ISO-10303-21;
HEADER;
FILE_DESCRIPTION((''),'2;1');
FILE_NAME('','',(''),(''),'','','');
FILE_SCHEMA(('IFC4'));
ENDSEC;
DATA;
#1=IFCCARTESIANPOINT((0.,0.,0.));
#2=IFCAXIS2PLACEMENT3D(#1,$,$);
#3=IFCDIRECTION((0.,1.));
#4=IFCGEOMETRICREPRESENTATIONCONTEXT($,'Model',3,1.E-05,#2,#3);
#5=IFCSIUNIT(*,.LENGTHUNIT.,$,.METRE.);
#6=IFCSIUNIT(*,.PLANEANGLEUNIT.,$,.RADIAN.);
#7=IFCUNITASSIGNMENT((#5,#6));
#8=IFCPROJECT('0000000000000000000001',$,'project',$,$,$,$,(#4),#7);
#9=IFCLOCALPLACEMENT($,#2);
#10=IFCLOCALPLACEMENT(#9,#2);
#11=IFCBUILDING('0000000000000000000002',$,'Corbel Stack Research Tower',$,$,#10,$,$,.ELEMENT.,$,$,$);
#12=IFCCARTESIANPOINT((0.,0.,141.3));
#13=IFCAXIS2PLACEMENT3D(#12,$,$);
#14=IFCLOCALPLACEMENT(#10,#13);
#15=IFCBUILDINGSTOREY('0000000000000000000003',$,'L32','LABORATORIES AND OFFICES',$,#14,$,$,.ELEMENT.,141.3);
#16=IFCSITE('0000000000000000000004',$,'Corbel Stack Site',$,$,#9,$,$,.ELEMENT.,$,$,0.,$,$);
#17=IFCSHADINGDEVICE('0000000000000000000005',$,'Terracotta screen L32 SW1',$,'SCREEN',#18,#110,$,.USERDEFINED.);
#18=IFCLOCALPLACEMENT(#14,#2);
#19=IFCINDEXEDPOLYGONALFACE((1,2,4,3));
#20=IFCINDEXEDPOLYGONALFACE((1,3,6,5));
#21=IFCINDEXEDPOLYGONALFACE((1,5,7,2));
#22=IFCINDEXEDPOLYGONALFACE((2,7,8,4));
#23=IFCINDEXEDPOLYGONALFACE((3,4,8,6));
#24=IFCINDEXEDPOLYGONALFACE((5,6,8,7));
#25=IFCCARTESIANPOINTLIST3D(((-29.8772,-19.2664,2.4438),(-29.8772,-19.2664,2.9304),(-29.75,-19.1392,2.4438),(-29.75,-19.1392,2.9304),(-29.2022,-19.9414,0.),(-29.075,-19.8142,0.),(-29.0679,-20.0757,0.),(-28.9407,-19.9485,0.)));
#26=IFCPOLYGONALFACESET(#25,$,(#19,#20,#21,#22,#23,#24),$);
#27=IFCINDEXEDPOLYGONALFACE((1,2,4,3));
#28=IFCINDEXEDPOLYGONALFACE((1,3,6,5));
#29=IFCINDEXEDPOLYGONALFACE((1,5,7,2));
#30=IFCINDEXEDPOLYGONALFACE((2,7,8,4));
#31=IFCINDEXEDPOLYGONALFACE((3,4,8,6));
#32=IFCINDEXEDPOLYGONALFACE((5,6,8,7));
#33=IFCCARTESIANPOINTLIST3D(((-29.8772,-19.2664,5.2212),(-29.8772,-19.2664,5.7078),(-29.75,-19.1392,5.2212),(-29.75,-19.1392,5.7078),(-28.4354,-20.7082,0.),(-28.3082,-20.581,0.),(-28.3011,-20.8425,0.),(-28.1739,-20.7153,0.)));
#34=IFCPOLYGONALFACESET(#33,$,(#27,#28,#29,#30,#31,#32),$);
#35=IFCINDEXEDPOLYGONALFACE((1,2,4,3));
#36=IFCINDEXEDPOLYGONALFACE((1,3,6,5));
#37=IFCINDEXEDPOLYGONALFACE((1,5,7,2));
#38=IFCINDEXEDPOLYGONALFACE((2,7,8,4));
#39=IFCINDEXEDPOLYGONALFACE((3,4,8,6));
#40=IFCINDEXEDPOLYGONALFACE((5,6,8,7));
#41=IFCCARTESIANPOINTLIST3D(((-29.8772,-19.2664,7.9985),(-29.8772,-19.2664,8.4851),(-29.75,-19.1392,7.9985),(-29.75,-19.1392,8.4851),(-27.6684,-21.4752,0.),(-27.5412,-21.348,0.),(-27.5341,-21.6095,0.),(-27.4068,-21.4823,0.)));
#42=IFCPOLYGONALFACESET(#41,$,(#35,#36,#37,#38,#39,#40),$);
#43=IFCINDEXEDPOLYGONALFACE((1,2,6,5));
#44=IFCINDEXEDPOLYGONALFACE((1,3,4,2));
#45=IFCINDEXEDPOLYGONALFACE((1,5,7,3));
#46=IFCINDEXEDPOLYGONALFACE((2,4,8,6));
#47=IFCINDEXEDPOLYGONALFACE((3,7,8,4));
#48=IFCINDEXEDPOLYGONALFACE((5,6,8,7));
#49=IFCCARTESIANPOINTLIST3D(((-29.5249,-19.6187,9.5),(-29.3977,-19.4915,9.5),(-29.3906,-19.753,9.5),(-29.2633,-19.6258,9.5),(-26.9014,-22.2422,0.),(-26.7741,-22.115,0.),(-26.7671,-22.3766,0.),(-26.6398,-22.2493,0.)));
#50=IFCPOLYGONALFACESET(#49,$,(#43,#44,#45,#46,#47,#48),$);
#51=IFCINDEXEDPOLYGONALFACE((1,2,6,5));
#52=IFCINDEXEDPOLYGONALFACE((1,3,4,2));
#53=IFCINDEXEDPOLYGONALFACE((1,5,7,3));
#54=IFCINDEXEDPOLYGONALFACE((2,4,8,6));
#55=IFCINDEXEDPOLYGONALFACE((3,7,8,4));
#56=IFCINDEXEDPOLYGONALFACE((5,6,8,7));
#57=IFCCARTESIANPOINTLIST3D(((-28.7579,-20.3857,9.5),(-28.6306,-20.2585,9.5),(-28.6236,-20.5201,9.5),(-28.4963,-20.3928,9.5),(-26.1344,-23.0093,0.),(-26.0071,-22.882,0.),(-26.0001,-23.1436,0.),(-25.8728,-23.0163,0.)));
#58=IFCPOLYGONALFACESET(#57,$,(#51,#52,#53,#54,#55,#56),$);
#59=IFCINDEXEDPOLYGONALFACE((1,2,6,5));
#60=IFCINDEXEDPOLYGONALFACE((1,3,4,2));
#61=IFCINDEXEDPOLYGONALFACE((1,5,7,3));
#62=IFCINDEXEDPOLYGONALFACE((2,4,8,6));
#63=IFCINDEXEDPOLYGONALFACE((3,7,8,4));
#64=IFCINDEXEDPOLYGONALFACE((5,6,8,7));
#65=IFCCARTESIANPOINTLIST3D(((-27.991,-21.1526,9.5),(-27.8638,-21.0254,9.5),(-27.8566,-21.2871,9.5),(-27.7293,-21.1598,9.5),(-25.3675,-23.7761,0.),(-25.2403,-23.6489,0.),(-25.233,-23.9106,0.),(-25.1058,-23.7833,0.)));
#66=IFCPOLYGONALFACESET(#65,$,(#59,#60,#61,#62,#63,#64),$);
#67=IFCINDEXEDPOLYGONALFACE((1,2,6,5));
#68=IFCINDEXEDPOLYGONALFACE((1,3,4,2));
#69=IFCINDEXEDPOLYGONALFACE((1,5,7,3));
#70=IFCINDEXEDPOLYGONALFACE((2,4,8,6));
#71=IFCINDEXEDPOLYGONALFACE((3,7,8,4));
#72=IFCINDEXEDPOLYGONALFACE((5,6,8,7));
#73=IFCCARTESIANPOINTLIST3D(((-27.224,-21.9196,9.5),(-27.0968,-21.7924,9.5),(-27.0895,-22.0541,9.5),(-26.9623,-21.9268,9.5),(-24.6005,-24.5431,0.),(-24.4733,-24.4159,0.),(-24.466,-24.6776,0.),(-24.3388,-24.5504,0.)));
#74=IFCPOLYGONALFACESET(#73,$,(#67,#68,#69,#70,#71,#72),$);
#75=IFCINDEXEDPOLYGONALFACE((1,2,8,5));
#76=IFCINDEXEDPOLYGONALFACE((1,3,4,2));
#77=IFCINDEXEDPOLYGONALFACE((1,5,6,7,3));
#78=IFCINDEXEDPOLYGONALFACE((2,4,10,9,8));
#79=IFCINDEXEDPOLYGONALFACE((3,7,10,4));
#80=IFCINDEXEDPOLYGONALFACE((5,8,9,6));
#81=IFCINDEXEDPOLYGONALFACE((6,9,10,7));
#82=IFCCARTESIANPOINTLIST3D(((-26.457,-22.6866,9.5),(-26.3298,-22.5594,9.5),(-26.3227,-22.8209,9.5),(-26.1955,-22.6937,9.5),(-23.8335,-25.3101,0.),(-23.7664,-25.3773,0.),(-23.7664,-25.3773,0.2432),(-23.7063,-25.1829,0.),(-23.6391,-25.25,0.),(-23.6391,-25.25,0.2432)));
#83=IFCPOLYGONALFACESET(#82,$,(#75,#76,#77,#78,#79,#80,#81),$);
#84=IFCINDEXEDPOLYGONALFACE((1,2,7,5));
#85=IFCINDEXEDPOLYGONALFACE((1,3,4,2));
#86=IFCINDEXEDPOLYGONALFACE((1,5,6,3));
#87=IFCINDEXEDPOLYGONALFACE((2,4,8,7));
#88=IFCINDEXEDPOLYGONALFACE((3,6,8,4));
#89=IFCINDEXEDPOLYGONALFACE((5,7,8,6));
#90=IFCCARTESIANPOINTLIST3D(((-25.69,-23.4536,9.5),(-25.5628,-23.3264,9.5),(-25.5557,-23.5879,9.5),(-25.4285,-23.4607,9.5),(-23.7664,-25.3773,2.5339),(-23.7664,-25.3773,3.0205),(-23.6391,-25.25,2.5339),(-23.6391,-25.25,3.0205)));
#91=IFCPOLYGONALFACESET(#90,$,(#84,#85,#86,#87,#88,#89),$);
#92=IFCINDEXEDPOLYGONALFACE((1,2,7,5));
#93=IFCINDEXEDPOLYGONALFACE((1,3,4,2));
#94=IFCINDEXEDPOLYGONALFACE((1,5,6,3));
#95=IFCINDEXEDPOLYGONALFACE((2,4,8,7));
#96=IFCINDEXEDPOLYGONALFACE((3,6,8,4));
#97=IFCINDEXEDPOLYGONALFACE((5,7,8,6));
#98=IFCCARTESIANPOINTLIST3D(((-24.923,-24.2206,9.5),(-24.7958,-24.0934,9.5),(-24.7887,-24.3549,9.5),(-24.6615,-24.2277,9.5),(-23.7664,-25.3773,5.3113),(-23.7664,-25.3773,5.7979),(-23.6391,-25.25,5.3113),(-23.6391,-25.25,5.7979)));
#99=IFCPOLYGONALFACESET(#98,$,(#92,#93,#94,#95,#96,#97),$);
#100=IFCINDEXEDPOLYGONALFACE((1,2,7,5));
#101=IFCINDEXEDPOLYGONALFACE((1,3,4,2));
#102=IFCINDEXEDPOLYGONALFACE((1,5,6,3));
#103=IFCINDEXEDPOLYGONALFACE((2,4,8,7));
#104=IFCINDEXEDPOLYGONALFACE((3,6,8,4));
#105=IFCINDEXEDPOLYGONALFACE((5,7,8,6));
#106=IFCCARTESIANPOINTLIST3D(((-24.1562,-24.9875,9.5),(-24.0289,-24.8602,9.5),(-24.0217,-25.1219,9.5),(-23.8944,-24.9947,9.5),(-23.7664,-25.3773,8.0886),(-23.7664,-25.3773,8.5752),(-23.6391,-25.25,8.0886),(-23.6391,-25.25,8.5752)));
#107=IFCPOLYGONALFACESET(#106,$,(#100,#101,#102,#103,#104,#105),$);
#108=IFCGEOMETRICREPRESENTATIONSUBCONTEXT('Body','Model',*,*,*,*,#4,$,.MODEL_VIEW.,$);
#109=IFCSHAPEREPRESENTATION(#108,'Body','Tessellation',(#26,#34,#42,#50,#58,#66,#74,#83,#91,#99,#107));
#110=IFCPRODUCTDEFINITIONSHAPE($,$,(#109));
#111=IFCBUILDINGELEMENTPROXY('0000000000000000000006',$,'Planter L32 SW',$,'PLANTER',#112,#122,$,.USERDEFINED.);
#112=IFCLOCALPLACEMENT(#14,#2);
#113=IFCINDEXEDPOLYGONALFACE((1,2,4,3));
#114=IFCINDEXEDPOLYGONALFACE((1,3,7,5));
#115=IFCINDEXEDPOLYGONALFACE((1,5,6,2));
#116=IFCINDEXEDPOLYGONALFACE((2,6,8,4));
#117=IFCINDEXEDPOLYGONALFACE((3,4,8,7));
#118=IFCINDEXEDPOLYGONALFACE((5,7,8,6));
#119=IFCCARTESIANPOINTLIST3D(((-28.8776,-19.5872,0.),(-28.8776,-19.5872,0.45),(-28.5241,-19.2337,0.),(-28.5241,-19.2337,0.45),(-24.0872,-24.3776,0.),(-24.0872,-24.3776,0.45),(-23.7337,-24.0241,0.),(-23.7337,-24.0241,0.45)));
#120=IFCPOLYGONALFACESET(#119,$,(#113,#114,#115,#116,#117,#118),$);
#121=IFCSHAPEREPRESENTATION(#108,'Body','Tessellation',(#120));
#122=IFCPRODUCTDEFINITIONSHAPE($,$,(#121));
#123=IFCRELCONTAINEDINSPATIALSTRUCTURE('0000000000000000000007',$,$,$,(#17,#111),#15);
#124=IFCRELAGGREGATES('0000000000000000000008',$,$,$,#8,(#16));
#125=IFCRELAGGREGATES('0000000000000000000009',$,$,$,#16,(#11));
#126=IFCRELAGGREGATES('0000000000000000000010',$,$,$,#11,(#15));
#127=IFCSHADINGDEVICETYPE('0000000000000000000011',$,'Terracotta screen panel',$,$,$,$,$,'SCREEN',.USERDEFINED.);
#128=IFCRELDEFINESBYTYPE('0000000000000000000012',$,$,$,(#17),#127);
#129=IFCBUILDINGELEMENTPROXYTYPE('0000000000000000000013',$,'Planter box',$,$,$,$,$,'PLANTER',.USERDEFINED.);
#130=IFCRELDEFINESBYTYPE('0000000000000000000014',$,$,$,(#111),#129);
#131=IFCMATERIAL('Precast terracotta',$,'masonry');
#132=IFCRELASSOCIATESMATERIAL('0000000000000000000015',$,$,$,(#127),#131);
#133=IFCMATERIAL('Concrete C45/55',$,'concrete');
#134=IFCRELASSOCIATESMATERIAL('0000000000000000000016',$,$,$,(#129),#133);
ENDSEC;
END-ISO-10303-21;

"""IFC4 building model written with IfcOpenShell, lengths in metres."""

from ifc_helpers import new_model, si_unit, direction, frame, origin, origin_2d, place, context, subcontext, project, spatial, polyline, rectangle, outline, extrude, source, transform, mapped, material, type_object, element, save


model = new_model("IFC4")

# Units and contexts
model_context = context("Model", 3, precision=1e-05, world=origin(), true_north=direction((0.0, 1.0)))
body_context = subcontext(model_context, "Body", "Model", "MODEL_VIEW")
ifc_project = project(units=[si_unit("LENGTHUNIT", "METRE"), si_unit("PLANEANGLEUNIT", "RADIAN")], contexts=[model_context])

# Site, building, storey
site_placement = place(None, origin())
site = spatial("IfcSite", under=ifc_project, at=site_placement, Name="Corbel Stack Site", CompositionType="ELEMENT", RefElevation=0.0)
building_placement = place(site_placement, origin())
building = spatial("IfcBuilding", under=site, at=building_placement, Name="Corbel Stack Research Tower", CompositionType="ELEMENT")
storey_placement = place(building_placement, frame((0.0, 0.0, 141.3)))
storey = spatial("IfcBuildingStorey", under=building, at=storey_placement, Name="L32", Description="LABORATORIES AND OFFICES", CompositionType="ELEMENT", Elevation=141.3)

# Shading device
ifc_material_1 = material(Name="Precast terracotta", Category="masonry")
shading_device_type = type_object("IfcShadingDeviceType", Name="Terracotta screen panel", ElementType="SCREEN", PredefinedType="USERDEFINED", material=ifc_material_1)
shared_shape_1 = source(origin(), body_context, "Body", "SweptSolid", [
    extrude(outline(polyline([(1.1445, 0.0), (0.0, 2.9304), (0.0, 2.4438), (0.9546, 0.0), (1.1445, 0.0)])), frame((0.0, 0.0, 0.0), z_axis=(0.0, -1.0, 0.0), x_axis=(1.0, 0.0, 0.0)), (0.0, 0.0, 1.0), 0.1799),
    extrude(outline(polyline([(2.229, 0.0), (0.0, 5.7078), (0.0, 5.2212), (2.0391, 0.0), (2.229, 0.0)])), frame((0.0, 0.0, 0.0), z_axis=(0.0, -1.0, 0.0), x_axis=(1.0, 0.0, 0.0)), (0.0, 0.0, 1.0), 0.1799),
    extrude(outline(polyline([(3.3137, 0.0), (0.0, 8.4851), (0.0, 7.9985), (3.1238, 0.0), (3.3137, 0.0)])), frame((0.0, 0.0, 0.0), z_axis=(0.0, -1.0, 0.0), x_axis=(1.0, 0.0, 0.0)), (0.0, 0.0, 1.0), 0.1799),
    extrude(outline(polyline([(4.3984, 0.0), (0.6882, 9.5), (0.4983, 9.5), (4.2085, 0.0), (4.3984, 0.0)])), frame((0.0, 0.0, 0.0), z_axis=(0.0, -1.0, 0.0), x_axis=(1.0, 0.0, 0.0)), (0.0, 0.0, 1.0), 0.1799),
    extrude(outline(polyline([(5.4832, 0.0), (1.7729, 9.5), (1.583, 9.5), (5.2932, 0.0), (5.4832, 0.0)])), frame((0.0, 0.0, 0.0), z_axis=(0.0, -1.0, 0.0), x_axis=(1.0, 0.0, 0.0)), (0.0, 0.0, 1.0), 0.1799),
    extrude(outline(polyline([(6.5679, 0.0), (2.8577, 9.5), (2.6675, 9.5), (6.3777, 0.0), (6.5679, 0.0)])), frame((0.0, 0.0, 0.0), z_axis=(0.0, -1.0, 0.0), x_axis=(1.0, 0.0, 0.0)), (0.0, 0.0, 1.0), 0.1799),
    extrude(outline(polyline([(7.6526, 0.0), (3.9424, 9.5), (3.7522, 9.5), (7.4624, 0.0), (7.6526, 0.0)])), frame((0.0, 0.0, 0.0), z_axis=(0.0, -1.0, 0.0), x_axis=(1.0, 0.0, 0.0)), (0.0, 0.0, 1.0), 0.1799),
    extrude(outline(polyline([(8.6421, 0.0), (8.6421, 0.2432), (5.0269, 9.5), (4.8369, 9.5), (8.5471, 0.0), (8.6421, 0.0)])), frame((0.0, 0.0, 0.0), z_axis=(0.0, -1.0, 0.0), x_axis=(1.0, 0.0, 0.0)), (0.0, 0.0, 1.0), 0.1799),
    extrude(outline(polyline([(6.1116, 9.5), (5.9216, 9.5), (8.6421, 2.5339), (8.6421, 3.0205), (6.1116, 9.5)])), frame((0.0, 0.0, 0.0), z_axis=(0.0, -1.0, 0.0), x_axis=(1.0, 0.0, 0.0)), (0.0, 0.0, 1.0), 0.1799),
    extrude(outline(polyline([(7.1963, 9.5), (7.0063, 9.5), (8.6421, 5.3113), (8.6421, 5.7979), (7.1963, 9.5)])), frame((0.0, 0.0, 0.0), z_axis=(0.0, -1.0, 0.0), x_axis=(1.0, 0.0, 0.0)), (0.0, 0.0, 1.0), 0.1799),
    extrude(outline(polyline([(8.281, 9.5), (8.0908, 9.5), (8.6421, 8.0886), (8.6421, 8.5752), (8.281, 9.5)])), frame((0.0, 0.0, 0.0), z_axis=(0.0, -1.0, 0.0), x_axis=(1.0, 0.0, 0.0)), (0.0, 0.0, 1.0), 0.1799),
])
shading_device_1_placement = place(storey_placement, frame((-29.75, -19.1392, 0.0), z_axis=(0.0, 0.0, 1.0), x_axis=(0.707107, -0.707107, 0.0)))
element("IfcShadingDevice", 1, at=shading_device_1_placement, inside=storey, type_object=shading_device_type, Name="Terracotta screen L32 SW1", ObjectType="SCREEN", PredefinedType="USERDEFINED", context=body_context, shape_type="MappedRepresentation", body=[
    mapped(shared_shape_1, transform((0.0, 0.0, 0.0))),
])

# Building element proxy
ifc_material_2 = material(Name="Concrete C45/55", Category="concrete")
building_element_proxy_type = type_object("IfcBuildingElementProxyType", Name="Planter box", ElementType="PLANTER", PredefinedType="USERDEFINED", material=ifc_material_2)
proxy_placement = place(storey_placement, frame((-26.3057, -21.8057, 0.0), z_axis=(0.0, 0.0, 1.0), x_axis=(0.707107, -0.707107, 0.0)))
element("IfcBuildingElementProxy", 2, at=proxy_placement, inside=storey, type_object=building_element_proxy_type, Name="Planter L32 SW", ObjectType="PLANTER", PredefinedType="USERDEFINED", context=body_context, shape_type="SweptSolid", body=[
    extrude(rectangle(XDim=6.7747, YDim=0.5, at=origin_2d()), origin(), (0.0, 0.0, 1.0), 0.45),
])

save(model, "model.ifc")
